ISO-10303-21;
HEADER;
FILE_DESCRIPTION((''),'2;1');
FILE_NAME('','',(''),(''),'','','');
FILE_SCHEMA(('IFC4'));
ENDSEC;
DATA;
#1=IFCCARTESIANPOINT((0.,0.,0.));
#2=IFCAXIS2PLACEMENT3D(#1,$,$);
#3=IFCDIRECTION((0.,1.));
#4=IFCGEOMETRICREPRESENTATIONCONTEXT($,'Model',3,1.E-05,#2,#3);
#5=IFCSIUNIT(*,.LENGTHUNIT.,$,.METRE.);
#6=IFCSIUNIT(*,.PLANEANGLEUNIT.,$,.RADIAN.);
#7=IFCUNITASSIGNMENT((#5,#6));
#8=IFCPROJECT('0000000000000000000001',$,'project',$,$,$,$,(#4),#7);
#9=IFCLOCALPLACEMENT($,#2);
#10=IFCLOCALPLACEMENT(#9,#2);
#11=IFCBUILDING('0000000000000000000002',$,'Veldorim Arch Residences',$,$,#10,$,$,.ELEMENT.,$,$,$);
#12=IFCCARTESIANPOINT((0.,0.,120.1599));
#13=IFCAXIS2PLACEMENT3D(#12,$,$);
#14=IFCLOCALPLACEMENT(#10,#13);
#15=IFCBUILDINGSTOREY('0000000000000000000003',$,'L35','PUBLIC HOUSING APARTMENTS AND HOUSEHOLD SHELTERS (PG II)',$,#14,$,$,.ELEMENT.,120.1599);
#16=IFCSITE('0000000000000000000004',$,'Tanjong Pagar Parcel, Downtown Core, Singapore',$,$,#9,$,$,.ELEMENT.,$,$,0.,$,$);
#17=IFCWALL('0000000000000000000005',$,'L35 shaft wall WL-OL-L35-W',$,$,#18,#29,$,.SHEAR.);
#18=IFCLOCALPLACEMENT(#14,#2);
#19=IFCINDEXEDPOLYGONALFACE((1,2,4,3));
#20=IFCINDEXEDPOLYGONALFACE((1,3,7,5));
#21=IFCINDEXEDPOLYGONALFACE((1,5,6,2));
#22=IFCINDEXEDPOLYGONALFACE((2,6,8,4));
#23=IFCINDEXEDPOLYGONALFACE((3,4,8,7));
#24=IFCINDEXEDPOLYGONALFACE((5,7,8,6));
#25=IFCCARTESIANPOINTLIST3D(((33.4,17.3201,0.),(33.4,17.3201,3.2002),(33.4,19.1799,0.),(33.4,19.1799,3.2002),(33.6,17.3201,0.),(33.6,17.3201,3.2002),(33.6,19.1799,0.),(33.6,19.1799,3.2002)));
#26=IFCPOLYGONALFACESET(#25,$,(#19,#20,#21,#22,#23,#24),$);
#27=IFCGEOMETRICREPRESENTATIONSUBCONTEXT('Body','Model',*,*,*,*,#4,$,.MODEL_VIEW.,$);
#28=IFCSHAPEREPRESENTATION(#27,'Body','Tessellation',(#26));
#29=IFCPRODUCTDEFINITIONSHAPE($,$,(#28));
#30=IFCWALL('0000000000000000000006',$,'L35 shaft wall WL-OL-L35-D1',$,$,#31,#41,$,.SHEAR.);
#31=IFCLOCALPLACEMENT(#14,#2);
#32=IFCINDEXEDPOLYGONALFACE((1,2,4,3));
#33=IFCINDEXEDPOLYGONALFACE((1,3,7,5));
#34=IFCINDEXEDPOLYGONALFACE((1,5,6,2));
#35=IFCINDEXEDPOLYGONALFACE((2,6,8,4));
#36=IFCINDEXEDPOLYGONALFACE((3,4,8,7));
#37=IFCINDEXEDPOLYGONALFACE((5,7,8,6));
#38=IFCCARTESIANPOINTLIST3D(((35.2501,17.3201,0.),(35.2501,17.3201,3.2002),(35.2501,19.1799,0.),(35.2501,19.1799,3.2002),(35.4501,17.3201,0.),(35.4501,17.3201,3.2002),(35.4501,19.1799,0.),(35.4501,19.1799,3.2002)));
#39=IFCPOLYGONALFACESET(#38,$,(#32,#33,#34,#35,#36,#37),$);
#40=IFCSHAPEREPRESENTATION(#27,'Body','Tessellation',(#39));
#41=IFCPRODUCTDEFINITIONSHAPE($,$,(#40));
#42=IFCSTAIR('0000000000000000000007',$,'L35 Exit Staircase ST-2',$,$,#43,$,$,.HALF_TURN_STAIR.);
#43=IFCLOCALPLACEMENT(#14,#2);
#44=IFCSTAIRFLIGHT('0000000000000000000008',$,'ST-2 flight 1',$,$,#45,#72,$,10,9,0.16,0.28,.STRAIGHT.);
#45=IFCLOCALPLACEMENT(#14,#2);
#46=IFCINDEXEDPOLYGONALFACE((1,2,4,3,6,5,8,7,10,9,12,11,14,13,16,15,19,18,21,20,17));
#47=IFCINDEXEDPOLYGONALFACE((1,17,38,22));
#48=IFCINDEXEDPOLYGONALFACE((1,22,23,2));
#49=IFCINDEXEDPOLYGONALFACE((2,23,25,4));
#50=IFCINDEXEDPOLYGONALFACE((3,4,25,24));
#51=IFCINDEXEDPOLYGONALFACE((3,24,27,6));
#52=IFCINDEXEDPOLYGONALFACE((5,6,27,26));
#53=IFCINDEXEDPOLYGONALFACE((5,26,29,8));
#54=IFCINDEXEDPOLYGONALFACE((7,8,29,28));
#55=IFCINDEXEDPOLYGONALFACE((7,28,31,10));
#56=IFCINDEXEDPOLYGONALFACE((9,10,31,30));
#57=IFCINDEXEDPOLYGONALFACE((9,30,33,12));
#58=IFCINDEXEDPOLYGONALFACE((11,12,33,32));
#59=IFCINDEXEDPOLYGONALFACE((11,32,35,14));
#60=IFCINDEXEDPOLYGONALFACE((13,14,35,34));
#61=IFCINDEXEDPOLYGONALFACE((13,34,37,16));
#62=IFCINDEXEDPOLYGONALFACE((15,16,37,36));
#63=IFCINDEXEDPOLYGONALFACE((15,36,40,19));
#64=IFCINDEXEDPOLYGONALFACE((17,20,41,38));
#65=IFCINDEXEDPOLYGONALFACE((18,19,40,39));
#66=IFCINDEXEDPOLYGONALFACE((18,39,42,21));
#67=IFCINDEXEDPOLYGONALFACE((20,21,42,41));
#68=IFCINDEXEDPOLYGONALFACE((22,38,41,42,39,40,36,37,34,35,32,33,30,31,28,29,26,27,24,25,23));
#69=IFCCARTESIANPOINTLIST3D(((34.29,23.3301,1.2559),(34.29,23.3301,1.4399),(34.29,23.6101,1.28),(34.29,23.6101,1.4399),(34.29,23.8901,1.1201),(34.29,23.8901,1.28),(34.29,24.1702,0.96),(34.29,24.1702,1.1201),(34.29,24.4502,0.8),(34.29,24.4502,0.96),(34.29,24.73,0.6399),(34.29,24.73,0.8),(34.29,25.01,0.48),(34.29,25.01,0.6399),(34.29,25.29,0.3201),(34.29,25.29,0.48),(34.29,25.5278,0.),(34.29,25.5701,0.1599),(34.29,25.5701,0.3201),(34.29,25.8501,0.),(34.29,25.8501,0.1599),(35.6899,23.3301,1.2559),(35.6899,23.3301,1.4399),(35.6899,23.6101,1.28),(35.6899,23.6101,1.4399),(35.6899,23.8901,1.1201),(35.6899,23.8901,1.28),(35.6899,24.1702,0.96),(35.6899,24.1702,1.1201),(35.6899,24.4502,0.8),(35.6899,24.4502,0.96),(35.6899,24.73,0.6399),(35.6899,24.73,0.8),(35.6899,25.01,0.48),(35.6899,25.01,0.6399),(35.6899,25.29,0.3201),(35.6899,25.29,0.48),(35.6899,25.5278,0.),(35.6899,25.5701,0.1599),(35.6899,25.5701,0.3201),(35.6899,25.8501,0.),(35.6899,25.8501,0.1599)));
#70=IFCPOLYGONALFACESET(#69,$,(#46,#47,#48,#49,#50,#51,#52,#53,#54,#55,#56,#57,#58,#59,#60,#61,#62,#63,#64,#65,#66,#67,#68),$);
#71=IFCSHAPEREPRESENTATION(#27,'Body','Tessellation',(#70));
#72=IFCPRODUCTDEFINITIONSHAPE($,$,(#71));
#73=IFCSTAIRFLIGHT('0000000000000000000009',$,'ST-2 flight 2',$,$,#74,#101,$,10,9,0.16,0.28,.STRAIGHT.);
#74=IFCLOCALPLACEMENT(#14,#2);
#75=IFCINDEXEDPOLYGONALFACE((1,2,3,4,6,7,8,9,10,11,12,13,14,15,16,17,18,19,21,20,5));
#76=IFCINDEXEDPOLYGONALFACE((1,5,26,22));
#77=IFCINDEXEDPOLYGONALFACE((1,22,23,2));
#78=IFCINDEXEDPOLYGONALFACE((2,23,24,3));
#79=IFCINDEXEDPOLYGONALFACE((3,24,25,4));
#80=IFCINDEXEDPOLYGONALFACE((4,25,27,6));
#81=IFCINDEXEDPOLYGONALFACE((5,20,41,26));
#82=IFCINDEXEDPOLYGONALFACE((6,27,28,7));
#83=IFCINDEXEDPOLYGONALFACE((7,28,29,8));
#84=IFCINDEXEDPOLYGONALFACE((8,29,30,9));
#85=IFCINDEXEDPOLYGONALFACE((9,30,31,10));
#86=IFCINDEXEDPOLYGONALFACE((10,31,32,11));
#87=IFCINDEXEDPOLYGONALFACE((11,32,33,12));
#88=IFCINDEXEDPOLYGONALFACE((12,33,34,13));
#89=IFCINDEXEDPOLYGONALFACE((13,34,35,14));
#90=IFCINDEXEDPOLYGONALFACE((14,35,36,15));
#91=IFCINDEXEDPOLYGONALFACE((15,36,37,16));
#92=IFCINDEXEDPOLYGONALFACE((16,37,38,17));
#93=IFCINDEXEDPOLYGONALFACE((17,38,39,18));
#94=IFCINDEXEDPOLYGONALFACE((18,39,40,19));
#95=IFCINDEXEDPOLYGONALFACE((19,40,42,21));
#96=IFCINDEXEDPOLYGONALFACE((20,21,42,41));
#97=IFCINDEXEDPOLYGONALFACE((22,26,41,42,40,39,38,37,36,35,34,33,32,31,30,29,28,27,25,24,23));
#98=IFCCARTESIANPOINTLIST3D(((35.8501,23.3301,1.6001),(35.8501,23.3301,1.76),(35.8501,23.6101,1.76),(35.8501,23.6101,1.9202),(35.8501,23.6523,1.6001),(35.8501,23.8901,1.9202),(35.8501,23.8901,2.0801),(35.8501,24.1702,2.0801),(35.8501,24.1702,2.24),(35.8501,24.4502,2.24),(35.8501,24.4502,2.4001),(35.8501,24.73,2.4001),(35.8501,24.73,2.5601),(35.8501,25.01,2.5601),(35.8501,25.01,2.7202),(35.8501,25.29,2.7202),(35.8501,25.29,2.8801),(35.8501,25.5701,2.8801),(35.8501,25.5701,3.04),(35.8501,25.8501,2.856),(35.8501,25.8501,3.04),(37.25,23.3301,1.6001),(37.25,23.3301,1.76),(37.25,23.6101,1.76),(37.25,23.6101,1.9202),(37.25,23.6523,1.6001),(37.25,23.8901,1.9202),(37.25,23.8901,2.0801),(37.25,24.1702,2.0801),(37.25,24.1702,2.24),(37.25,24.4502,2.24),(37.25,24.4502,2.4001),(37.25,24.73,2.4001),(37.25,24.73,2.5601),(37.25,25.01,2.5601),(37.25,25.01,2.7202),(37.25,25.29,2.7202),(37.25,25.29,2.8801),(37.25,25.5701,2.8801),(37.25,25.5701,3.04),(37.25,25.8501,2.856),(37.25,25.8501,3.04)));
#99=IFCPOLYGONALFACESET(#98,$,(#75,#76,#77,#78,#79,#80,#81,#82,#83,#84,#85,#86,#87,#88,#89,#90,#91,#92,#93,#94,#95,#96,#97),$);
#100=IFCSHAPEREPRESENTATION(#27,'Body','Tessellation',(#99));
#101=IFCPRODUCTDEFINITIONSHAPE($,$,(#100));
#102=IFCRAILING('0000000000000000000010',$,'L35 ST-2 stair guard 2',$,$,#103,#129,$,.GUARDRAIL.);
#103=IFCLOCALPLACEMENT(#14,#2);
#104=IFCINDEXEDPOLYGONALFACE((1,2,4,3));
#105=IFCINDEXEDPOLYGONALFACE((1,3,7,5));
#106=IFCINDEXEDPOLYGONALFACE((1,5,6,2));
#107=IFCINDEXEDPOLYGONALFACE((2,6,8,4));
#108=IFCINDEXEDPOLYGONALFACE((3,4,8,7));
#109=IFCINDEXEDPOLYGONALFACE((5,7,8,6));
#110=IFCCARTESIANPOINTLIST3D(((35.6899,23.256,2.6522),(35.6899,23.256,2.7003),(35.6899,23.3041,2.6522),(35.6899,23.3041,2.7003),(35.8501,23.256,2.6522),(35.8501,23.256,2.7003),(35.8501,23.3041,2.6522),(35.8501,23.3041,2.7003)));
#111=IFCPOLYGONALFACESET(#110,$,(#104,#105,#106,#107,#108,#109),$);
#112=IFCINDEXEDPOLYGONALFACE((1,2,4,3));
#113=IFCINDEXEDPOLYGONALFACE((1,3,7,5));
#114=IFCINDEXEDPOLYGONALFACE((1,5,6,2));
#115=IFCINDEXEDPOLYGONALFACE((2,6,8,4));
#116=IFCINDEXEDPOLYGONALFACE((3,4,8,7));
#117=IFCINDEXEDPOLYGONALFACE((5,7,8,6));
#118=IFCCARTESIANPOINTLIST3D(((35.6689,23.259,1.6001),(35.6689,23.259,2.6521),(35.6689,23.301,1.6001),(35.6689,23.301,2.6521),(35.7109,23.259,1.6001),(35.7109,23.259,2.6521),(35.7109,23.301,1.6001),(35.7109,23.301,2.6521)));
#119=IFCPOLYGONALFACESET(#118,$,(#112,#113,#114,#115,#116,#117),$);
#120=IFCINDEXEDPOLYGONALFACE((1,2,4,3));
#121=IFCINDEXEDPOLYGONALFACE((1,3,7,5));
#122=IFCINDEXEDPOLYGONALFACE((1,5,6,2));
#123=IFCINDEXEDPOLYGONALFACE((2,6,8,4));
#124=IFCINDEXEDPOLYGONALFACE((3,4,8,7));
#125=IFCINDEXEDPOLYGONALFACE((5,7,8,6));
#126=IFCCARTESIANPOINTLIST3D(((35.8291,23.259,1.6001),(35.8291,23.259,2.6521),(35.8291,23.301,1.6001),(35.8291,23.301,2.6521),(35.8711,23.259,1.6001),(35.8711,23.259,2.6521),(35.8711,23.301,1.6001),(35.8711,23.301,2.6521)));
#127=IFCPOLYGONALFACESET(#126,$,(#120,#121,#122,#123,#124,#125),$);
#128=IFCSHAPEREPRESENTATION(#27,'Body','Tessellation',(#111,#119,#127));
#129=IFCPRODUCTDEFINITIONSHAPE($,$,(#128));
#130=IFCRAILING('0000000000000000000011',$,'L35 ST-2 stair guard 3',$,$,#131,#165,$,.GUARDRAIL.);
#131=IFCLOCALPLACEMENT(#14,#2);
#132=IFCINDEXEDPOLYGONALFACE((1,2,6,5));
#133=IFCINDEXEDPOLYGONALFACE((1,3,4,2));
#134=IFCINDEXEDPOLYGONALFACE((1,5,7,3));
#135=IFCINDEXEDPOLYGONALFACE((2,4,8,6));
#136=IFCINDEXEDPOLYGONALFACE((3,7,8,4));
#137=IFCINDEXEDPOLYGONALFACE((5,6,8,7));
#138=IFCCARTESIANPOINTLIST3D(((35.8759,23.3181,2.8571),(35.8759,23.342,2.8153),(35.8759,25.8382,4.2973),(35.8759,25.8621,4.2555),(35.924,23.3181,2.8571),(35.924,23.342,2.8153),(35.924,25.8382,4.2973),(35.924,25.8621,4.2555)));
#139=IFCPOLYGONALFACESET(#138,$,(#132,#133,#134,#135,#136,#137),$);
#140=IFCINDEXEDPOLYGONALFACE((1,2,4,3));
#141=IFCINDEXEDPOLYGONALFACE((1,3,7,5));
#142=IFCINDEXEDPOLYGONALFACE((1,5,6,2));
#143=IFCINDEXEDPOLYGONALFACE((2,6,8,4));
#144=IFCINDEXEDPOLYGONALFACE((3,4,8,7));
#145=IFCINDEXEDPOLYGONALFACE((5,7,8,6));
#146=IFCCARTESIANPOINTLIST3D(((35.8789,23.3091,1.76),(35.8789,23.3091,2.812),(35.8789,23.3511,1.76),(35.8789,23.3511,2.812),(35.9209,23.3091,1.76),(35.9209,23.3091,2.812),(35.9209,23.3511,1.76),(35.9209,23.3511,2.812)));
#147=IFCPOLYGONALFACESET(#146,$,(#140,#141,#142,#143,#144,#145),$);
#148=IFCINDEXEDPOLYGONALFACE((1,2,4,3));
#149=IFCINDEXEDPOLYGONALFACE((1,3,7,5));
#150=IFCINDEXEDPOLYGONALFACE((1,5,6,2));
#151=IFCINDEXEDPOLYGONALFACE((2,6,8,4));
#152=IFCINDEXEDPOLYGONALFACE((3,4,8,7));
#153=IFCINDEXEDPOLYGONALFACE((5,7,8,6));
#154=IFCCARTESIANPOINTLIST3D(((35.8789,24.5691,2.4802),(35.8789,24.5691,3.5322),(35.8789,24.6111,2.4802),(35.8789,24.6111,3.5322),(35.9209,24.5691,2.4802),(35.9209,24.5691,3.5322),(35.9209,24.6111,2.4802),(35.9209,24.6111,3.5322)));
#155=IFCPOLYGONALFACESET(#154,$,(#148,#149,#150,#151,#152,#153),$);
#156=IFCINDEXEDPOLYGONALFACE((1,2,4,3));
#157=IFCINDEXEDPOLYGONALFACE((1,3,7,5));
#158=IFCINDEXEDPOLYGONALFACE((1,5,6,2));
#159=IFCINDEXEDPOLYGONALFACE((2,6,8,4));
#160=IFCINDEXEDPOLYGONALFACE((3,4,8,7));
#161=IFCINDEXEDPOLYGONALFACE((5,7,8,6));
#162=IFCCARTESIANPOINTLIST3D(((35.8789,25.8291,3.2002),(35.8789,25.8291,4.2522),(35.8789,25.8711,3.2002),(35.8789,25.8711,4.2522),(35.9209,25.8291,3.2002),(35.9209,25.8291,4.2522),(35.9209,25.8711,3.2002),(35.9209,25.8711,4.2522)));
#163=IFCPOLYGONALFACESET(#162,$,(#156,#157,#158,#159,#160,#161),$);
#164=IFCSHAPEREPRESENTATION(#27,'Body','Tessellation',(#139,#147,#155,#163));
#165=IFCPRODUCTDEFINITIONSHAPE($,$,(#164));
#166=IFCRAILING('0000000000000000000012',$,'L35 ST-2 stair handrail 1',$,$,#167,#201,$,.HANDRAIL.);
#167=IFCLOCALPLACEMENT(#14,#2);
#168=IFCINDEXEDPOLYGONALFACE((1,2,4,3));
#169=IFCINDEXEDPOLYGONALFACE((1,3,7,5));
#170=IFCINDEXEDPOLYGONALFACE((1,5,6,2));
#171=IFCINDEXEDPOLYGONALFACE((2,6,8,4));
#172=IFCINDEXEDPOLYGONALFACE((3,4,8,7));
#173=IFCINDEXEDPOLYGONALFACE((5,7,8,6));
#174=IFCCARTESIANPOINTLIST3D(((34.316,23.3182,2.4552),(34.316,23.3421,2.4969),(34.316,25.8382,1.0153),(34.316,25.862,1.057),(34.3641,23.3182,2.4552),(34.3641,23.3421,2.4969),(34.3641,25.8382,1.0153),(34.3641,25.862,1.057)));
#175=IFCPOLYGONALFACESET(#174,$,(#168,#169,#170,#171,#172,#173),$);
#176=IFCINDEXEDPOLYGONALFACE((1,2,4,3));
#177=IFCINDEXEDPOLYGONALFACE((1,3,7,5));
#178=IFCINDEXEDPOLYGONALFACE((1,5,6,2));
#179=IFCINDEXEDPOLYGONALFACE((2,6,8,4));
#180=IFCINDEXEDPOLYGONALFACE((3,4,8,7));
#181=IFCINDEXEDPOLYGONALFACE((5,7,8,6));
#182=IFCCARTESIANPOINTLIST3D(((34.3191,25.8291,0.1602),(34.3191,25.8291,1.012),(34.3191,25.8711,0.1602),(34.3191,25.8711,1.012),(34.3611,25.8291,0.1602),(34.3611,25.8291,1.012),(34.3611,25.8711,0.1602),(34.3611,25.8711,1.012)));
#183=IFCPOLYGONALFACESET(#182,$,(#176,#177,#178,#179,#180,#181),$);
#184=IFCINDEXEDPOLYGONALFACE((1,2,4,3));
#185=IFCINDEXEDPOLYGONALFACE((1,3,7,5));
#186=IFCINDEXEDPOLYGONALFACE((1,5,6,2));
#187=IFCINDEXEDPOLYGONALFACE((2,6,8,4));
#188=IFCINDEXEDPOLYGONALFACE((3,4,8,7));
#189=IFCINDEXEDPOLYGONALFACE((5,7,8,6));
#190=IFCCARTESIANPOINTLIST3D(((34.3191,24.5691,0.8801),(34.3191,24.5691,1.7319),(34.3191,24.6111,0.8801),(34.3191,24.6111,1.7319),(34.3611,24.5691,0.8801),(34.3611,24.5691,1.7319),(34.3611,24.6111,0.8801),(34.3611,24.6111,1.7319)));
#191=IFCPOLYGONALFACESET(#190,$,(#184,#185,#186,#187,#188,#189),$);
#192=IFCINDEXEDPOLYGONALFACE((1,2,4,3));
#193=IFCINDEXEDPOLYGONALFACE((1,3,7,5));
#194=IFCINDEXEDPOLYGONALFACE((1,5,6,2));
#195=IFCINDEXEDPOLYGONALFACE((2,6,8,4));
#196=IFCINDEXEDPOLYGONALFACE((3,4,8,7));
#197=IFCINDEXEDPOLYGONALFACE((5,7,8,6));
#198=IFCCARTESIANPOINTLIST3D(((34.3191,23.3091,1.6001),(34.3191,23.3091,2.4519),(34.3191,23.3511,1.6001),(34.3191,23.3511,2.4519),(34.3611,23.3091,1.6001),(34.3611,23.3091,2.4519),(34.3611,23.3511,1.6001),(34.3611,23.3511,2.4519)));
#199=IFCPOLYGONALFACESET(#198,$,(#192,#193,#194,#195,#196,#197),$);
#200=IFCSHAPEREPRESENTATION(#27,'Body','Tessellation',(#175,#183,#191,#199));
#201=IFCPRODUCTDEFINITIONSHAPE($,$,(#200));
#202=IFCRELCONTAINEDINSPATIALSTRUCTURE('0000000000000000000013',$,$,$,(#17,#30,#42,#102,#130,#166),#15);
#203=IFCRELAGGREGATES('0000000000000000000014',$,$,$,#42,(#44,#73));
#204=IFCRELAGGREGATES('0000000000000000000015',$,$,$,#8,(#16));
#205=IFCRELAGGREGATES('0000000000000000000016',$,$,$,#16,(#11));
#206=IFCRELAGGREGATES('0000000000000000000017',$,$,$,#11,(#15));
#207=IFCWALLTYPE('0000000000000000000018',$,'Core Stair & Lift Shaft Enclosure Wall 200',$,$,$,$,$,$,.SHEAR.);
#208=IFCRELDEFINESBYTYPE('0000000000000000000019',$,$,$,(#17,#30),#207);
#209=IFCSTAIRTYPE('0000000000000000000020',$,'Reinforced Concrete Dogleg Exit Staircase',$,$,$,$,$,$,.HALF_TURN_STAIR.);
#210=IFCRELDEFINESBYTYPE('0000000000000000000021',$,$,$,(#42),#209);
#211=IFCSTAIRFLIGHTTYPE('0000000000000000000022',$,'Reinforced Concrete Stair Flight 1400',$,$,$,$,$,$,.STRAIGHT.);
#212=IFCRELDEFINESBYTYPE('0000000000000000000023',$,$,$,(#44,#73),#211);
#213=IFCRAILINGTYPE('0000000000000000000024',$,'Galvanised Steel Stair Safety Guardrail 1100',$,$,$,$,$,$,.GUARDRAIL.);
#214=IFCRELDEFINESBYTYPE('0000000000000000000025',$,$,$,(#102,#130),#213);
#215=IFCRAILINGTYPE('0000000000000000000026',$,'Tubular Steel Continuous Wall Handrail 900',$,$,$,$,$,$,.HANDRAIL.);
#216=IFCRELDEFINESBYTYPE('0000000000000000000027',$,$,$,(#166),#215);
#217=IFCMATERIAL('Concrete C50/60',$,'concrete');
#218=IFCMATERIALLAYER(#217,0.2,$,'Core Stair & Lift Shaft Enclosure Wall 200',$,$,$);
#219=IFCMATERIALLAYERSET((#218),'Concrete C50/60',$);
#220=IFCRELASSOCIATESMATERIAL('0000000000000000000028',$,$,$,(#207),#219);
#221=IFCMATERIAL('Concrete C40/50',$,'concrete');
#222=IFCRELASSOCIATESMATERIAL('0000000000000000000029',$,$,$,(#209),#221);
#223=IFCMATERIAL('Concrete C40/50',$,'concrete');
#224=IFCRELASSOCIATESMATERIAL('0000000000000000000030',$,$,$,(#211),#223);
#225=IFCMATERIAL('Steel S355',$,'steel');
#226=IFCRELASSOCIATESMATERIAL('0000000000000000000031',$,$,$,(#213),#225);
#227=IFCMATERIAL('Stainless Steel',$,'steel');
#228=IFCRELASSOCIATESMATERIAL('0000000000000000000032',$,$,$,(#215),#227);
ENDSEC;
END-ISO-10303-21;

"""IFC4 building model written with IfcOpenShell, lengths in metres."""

from ifc_helpers import new_model, si_unit, direction, frame, frame_2d, origin, origin_2d, place, context, subcontext, project, spatial, polyline, rectangle, outline, extrude, material, layer, layer_set, type_object, element, aggregate, save


model = new_model("IFC4")

# Units and contexts
model_context = context("Model", 3, precision=1e-05, world=origin(), true_north=direction((0.0, 1.0)))
body_context = subcontext(model_context, "Body", "Model", "MODEL_VIEW")
ifc_project = project(units=[si_unit("LENGTHUNIT", "METRE"), si_unit("PLANEANGLEUNIT", "RADIAN")], contexts=[model_context])

# Site, building, storey
site_placement = place(None, origin())
site = spatial("IfcSite", under=ifc_project, at=site_placement, Name="Tanjong Pagar Parcel, Downtown Core, Singapore", CompositionType="ELEMENT", RefElevation=0.0)
building_placement = place(site_placement, origin())
building = spatial("IfcBuilding", under=site, at=building_placement, Name="Veldorim Arch Residences", CompositionType="ELEMENT")
storey_placement = place(building_placement, frame((0.0, 0.0, 120.1599)))
storey = spatial("IfcBuildingStorey", under=building, at=storey_placement, Name="L35", Description="PUBLIC HOUSING APARTMENTS AND HOUSEHOLD SHELTERS (PG II)", CompositionType="ELEMENT", Elevation=120.1599)

# Walls
ifc_material_1 = material(Name="Concrete C50/60", Category="concrete")
ifc_layer_1 = layer(ifc_material_1, 0.2, Name="Core Stair & Lift Shaft Enclosure Wall 200")
ifc_layer_set_1 = layer_set([ifc_layer_1], Name="Concrete C50/60")
wall_type_1 = type_object("IfcWallType", Name="Core Stair & Lift Shaft Enclosure Wall 200", PredefinedType="SHEAR", material=ifc_layer_set_1)
for number, where, z_axis, x_axis, name in (
    (1, (33.5, 17.3201, 0.0), (0.0, 0.0, 1.0), (0.0, 1.0, 0.0), "L35 shaft wall WL-OL-L35-W"),
    (2, (35.3501, 17.3201, 0.0), (0.0, 0.0, 1.0), (0.0, 1.0, 0.0), "L35 shaft wall WL-OL-L35-D1"),
):
    element("IfcWall", number, at=place(storey_placement, frame(where, z_axis=z_axis, x_axis=x_axis)), inside=storey, type_object=wall_type_1, Name=name, PredefinedType="SHEAR", context=body_context, shape_type="SweptSolid", body=[
        extrude(rectangle(XDim=1.8599, YDim=0.2, at=frame_2d((0.9299, 0.0))), origin(), (0.0, 0.0, 1.0), 3.2002),
    ])

# Stair, stair flights
ifc_material_2 = material(Name="Concrete C40/50", Category="concrete")
stair_type = type_object("IfcStairType", Name="Reinforced Concrete Dogleg Exit Staircase", PredefinedType="HALF_TURN_STAIR", material=ifc_material_2)
stair_placement = place(storey_placement, origin())
stair = element("IfcStair", 3, at=stair_placement, inside=storey, type_object=stair_type, Name="L35 Exit Staircase ST-2", PredefinedType="HALF_TURN_STAIR")
ifc_material_3 = material(Name="Concrete C40/50", Category="concrete")
stair_flight_type = type_object("IfcStairFlightType", Name="Reinforced Concrete Stair Flight 1400", PredefinedType="STRAIGHT", material=ifc_material_3)
stair_flight_1_placement = place(storey_placement, frame((34.99, 25.8501, 0.0), z_axis=(0.0, 0.0, 1.0), x_axis=(0.0, -1.0, 0.0)))
stair_flight_1 = element("IfcStairFlight", 4, at=stair_flight_1_placement, type_object=stair_flight_type, Name="ST-2 flight 1", NumberOfRisers=10, NumberOfTreads=9, PredefinedType="STRAIGHT", RiserHeight=0.16, TreadLength=0.28, context=body_context, shape_type="SweptSolid", body=[
    extrude(outline(polyline([(0.0, 0.0), (0.0, 0.1599), (0.28, 0.1599), (0.28, 0.3201), (0.5601, 0.3201), (0.5601, 0.48), (0.8401, 0.48), (0.8401, 0.6399), (1.1201, 0.6399), (1.1201, 0.8), (1.3999, 0.8), (1.3999, 0.96), (1.6799, 0.96), (1.6799, 1.1201), (1.96, 1.1201), (1.96, 1.28), (2.24, 1.28), (2.24, 1.4399), (2.52, 1.4399), (2.52, 1.6001), (2.52, 1.2559), (0.3223, 0.0), (0.0, 0.0)])), frame((0.0, 0.7, 0.0), z_axis=(0.0, -1.0, 0.0), x_axis=(1.0, 0.0, 0.0)), (0.0, 0.0, 1.0), 1.3999),
])
stair_flight_2_placement = place(storey_placement, frame((36.55, 23.3301, 1.6001), z_axis=(0.0, 0.0, 1.0), x_axis=(0.0, 1.0, 0.0)))
stair_flight_2 = element("IfcStairFlight", 5, at=stair_flight_2_placement, type_object=stair_flight_type, Name="ST-2 flight 2", NumberOfRisers=10, NumberOfTreads=9, PredefinedType="STRAIGHT", RiserHeight=0.16, TreadLength=0.28, context=body_context, shape_type="SweptSolid", body=[
    extrude(outline(polyline([(0.0, 0.0), (0.0, 0.1599), (0.28, 0.1599), (0.28, 0.3201), (0.5601, 0.3201), (0.5601, 0.48), (0.8401, 0.48), (0.8401, 0.6399), (1.1201, 0.6399), (1.1201, 0.8), (1.3999, 0.8), (1.3999, 0.96), (1.6799, 0.96), (1.6799, 1.1201), (1.96, 1.1201), (1.96, 1.28), (2.24, 1.28), (2.24, 1.4399), (2.52, 1.4399), (2.52, 1.6001), (2.52, 1.2559), (0.3223, 0.0), (0.0, 0.0)])), frame((0.0, 0.7, 0.0), z_axis=(0.0, -1.0, 0.0), x_axis=(1.0, 0.0, 0.0)), (0.0, 0.0, 1.0), 1.3999),
])
aggregate(stair, [stair_flight_1, stair_flight_2])

# Railings
ifc_material_4 = material(Name="Steel S355", Category="steel")
railing_type_1 = type_object("IfcRailingType", Name="Galvanised Steel Stair Safety Guardrail 1100", PredefinedType="GUARDRAIL", material=ifc_material_4)
railing_1_placement = place(storey_placement, frame((35.6899, 23.28, 1.6001)))
element("IfcRailing", 6, at=railing_1_placement, inside=storey, type_object=railing_type_1, Name="L35 ST-2 stair guard 2", PredefinedType="GUARDRAIL", context=body_context, shape_type="SweptSolid", body=[
    extrude(rectangle(XDim=0.0481, YDim=0.0481, at=origin_2d()), frame((0.0, 0.0, 1.0762), z_axis=(1.0, 0.0, 0.0), x_axis=(0.0, 1.0, 0.0)), (0.0, 0.0, 1.0), 0.1602),
    extrude(rectangle(XDim=0.042, YDim=0.042, at=origin_2d()), origin(), (0.0, 0.0, 1.0), 1.052),
    extrude(rectangle(XDim=0.042, YDim=0.042, at=origin_2d()), frame((0.1602, 0.0, 0.0)), (0.0, 0.0, 1.0), 1.052),
])
railing_2_placement = place(storey_placement, frame((35.8999, 23.3301, 1.76)))
element("IfcRailing", 7, at=railing_2_placement, inside=storey, type_object=railing_type_1, Name="L35 ST-2 stair guard 3", PredefinedType="GUARDRAIL", context=body_context, shape_type="SweptSolid", body=[
    extrude(rectangle(XDim=0.0481, YDim=0.0481, at=origin_2d()), frame((0.0, 0.0, 1.0762), z_axis=(0.0, 0.868217, 0.496184), x_axis=(-1.0, 0.0, 0.0)), (0.0, 0.0, 1.0), 2.9026),
    extrude(rectangle(XDim=0.042, YDim=0.042, at=origin_2d()), origin(), (0.0, 0.0, 1.0), 1.052),
    extrude(rectangle(XDim=0.042, YDim=0.042, at=origin_2d()), frame((0.0, 1.26, 0.7202)), (0.0, 0.0, 1.0), 1.052),
    extrude(rectangle(XDim=0.042, YDim=0.042, at=origin_2d()), frame((0.0, 2.52, 1.4402)), (0.0, 0.0, 1.0), 1.052),
])
ifc_material_5 = material(Name="Stainless Steel", Category="steel")
railing_type_2 = type_object("IfcRailingType", Name="Tubular Steel Continuous Wall Handrail 900", PredefinedType="HANDRAIL", material=ifc_material_5)
railing_3_placement = place(storey_placement, frame((34.3401, 25.8501, 0.1602)))
element("IfcRailing", 8, at=railing_3_placement, inside=storey, type_object=railing_type_2, Name="L35 ST-2 stair handrail 1", PredefinedType="HANDRAIL", context=body_context, shape_type="SweptSolid", body=[
    extrude(rectangle(XDim=0.0481, YDim=0.0481, at=origin_2d()), frame((0.0, 0.0, 0.876), z_axis=(0.0, -0.868253, 0.496121), x_axis=(1.0, 0.0, 0.0)), (0.0, 0.0, 1.0), 2.9023),
    extrude(rectangle(XDim=0.042, YDim=0.042, at=origin_2d()), origin(), (0.0, 0.0, 1.0), 0.8518),
    extrude(rectangle(XDim=0.042, YDim=0.042, at=origin_2d()), frame((0.0, -1.26, 0.72)), (0.0, 0.0, 1.0), 0.8518),
    extrude(rectangle(XDim=0.042, YDim=0.042, at=origin_2d()), frame((0.0, -2.52, 1.4399)), (0.0, 0.0, 1.0), 0.8518),
])

save(model, "model.ifc")
